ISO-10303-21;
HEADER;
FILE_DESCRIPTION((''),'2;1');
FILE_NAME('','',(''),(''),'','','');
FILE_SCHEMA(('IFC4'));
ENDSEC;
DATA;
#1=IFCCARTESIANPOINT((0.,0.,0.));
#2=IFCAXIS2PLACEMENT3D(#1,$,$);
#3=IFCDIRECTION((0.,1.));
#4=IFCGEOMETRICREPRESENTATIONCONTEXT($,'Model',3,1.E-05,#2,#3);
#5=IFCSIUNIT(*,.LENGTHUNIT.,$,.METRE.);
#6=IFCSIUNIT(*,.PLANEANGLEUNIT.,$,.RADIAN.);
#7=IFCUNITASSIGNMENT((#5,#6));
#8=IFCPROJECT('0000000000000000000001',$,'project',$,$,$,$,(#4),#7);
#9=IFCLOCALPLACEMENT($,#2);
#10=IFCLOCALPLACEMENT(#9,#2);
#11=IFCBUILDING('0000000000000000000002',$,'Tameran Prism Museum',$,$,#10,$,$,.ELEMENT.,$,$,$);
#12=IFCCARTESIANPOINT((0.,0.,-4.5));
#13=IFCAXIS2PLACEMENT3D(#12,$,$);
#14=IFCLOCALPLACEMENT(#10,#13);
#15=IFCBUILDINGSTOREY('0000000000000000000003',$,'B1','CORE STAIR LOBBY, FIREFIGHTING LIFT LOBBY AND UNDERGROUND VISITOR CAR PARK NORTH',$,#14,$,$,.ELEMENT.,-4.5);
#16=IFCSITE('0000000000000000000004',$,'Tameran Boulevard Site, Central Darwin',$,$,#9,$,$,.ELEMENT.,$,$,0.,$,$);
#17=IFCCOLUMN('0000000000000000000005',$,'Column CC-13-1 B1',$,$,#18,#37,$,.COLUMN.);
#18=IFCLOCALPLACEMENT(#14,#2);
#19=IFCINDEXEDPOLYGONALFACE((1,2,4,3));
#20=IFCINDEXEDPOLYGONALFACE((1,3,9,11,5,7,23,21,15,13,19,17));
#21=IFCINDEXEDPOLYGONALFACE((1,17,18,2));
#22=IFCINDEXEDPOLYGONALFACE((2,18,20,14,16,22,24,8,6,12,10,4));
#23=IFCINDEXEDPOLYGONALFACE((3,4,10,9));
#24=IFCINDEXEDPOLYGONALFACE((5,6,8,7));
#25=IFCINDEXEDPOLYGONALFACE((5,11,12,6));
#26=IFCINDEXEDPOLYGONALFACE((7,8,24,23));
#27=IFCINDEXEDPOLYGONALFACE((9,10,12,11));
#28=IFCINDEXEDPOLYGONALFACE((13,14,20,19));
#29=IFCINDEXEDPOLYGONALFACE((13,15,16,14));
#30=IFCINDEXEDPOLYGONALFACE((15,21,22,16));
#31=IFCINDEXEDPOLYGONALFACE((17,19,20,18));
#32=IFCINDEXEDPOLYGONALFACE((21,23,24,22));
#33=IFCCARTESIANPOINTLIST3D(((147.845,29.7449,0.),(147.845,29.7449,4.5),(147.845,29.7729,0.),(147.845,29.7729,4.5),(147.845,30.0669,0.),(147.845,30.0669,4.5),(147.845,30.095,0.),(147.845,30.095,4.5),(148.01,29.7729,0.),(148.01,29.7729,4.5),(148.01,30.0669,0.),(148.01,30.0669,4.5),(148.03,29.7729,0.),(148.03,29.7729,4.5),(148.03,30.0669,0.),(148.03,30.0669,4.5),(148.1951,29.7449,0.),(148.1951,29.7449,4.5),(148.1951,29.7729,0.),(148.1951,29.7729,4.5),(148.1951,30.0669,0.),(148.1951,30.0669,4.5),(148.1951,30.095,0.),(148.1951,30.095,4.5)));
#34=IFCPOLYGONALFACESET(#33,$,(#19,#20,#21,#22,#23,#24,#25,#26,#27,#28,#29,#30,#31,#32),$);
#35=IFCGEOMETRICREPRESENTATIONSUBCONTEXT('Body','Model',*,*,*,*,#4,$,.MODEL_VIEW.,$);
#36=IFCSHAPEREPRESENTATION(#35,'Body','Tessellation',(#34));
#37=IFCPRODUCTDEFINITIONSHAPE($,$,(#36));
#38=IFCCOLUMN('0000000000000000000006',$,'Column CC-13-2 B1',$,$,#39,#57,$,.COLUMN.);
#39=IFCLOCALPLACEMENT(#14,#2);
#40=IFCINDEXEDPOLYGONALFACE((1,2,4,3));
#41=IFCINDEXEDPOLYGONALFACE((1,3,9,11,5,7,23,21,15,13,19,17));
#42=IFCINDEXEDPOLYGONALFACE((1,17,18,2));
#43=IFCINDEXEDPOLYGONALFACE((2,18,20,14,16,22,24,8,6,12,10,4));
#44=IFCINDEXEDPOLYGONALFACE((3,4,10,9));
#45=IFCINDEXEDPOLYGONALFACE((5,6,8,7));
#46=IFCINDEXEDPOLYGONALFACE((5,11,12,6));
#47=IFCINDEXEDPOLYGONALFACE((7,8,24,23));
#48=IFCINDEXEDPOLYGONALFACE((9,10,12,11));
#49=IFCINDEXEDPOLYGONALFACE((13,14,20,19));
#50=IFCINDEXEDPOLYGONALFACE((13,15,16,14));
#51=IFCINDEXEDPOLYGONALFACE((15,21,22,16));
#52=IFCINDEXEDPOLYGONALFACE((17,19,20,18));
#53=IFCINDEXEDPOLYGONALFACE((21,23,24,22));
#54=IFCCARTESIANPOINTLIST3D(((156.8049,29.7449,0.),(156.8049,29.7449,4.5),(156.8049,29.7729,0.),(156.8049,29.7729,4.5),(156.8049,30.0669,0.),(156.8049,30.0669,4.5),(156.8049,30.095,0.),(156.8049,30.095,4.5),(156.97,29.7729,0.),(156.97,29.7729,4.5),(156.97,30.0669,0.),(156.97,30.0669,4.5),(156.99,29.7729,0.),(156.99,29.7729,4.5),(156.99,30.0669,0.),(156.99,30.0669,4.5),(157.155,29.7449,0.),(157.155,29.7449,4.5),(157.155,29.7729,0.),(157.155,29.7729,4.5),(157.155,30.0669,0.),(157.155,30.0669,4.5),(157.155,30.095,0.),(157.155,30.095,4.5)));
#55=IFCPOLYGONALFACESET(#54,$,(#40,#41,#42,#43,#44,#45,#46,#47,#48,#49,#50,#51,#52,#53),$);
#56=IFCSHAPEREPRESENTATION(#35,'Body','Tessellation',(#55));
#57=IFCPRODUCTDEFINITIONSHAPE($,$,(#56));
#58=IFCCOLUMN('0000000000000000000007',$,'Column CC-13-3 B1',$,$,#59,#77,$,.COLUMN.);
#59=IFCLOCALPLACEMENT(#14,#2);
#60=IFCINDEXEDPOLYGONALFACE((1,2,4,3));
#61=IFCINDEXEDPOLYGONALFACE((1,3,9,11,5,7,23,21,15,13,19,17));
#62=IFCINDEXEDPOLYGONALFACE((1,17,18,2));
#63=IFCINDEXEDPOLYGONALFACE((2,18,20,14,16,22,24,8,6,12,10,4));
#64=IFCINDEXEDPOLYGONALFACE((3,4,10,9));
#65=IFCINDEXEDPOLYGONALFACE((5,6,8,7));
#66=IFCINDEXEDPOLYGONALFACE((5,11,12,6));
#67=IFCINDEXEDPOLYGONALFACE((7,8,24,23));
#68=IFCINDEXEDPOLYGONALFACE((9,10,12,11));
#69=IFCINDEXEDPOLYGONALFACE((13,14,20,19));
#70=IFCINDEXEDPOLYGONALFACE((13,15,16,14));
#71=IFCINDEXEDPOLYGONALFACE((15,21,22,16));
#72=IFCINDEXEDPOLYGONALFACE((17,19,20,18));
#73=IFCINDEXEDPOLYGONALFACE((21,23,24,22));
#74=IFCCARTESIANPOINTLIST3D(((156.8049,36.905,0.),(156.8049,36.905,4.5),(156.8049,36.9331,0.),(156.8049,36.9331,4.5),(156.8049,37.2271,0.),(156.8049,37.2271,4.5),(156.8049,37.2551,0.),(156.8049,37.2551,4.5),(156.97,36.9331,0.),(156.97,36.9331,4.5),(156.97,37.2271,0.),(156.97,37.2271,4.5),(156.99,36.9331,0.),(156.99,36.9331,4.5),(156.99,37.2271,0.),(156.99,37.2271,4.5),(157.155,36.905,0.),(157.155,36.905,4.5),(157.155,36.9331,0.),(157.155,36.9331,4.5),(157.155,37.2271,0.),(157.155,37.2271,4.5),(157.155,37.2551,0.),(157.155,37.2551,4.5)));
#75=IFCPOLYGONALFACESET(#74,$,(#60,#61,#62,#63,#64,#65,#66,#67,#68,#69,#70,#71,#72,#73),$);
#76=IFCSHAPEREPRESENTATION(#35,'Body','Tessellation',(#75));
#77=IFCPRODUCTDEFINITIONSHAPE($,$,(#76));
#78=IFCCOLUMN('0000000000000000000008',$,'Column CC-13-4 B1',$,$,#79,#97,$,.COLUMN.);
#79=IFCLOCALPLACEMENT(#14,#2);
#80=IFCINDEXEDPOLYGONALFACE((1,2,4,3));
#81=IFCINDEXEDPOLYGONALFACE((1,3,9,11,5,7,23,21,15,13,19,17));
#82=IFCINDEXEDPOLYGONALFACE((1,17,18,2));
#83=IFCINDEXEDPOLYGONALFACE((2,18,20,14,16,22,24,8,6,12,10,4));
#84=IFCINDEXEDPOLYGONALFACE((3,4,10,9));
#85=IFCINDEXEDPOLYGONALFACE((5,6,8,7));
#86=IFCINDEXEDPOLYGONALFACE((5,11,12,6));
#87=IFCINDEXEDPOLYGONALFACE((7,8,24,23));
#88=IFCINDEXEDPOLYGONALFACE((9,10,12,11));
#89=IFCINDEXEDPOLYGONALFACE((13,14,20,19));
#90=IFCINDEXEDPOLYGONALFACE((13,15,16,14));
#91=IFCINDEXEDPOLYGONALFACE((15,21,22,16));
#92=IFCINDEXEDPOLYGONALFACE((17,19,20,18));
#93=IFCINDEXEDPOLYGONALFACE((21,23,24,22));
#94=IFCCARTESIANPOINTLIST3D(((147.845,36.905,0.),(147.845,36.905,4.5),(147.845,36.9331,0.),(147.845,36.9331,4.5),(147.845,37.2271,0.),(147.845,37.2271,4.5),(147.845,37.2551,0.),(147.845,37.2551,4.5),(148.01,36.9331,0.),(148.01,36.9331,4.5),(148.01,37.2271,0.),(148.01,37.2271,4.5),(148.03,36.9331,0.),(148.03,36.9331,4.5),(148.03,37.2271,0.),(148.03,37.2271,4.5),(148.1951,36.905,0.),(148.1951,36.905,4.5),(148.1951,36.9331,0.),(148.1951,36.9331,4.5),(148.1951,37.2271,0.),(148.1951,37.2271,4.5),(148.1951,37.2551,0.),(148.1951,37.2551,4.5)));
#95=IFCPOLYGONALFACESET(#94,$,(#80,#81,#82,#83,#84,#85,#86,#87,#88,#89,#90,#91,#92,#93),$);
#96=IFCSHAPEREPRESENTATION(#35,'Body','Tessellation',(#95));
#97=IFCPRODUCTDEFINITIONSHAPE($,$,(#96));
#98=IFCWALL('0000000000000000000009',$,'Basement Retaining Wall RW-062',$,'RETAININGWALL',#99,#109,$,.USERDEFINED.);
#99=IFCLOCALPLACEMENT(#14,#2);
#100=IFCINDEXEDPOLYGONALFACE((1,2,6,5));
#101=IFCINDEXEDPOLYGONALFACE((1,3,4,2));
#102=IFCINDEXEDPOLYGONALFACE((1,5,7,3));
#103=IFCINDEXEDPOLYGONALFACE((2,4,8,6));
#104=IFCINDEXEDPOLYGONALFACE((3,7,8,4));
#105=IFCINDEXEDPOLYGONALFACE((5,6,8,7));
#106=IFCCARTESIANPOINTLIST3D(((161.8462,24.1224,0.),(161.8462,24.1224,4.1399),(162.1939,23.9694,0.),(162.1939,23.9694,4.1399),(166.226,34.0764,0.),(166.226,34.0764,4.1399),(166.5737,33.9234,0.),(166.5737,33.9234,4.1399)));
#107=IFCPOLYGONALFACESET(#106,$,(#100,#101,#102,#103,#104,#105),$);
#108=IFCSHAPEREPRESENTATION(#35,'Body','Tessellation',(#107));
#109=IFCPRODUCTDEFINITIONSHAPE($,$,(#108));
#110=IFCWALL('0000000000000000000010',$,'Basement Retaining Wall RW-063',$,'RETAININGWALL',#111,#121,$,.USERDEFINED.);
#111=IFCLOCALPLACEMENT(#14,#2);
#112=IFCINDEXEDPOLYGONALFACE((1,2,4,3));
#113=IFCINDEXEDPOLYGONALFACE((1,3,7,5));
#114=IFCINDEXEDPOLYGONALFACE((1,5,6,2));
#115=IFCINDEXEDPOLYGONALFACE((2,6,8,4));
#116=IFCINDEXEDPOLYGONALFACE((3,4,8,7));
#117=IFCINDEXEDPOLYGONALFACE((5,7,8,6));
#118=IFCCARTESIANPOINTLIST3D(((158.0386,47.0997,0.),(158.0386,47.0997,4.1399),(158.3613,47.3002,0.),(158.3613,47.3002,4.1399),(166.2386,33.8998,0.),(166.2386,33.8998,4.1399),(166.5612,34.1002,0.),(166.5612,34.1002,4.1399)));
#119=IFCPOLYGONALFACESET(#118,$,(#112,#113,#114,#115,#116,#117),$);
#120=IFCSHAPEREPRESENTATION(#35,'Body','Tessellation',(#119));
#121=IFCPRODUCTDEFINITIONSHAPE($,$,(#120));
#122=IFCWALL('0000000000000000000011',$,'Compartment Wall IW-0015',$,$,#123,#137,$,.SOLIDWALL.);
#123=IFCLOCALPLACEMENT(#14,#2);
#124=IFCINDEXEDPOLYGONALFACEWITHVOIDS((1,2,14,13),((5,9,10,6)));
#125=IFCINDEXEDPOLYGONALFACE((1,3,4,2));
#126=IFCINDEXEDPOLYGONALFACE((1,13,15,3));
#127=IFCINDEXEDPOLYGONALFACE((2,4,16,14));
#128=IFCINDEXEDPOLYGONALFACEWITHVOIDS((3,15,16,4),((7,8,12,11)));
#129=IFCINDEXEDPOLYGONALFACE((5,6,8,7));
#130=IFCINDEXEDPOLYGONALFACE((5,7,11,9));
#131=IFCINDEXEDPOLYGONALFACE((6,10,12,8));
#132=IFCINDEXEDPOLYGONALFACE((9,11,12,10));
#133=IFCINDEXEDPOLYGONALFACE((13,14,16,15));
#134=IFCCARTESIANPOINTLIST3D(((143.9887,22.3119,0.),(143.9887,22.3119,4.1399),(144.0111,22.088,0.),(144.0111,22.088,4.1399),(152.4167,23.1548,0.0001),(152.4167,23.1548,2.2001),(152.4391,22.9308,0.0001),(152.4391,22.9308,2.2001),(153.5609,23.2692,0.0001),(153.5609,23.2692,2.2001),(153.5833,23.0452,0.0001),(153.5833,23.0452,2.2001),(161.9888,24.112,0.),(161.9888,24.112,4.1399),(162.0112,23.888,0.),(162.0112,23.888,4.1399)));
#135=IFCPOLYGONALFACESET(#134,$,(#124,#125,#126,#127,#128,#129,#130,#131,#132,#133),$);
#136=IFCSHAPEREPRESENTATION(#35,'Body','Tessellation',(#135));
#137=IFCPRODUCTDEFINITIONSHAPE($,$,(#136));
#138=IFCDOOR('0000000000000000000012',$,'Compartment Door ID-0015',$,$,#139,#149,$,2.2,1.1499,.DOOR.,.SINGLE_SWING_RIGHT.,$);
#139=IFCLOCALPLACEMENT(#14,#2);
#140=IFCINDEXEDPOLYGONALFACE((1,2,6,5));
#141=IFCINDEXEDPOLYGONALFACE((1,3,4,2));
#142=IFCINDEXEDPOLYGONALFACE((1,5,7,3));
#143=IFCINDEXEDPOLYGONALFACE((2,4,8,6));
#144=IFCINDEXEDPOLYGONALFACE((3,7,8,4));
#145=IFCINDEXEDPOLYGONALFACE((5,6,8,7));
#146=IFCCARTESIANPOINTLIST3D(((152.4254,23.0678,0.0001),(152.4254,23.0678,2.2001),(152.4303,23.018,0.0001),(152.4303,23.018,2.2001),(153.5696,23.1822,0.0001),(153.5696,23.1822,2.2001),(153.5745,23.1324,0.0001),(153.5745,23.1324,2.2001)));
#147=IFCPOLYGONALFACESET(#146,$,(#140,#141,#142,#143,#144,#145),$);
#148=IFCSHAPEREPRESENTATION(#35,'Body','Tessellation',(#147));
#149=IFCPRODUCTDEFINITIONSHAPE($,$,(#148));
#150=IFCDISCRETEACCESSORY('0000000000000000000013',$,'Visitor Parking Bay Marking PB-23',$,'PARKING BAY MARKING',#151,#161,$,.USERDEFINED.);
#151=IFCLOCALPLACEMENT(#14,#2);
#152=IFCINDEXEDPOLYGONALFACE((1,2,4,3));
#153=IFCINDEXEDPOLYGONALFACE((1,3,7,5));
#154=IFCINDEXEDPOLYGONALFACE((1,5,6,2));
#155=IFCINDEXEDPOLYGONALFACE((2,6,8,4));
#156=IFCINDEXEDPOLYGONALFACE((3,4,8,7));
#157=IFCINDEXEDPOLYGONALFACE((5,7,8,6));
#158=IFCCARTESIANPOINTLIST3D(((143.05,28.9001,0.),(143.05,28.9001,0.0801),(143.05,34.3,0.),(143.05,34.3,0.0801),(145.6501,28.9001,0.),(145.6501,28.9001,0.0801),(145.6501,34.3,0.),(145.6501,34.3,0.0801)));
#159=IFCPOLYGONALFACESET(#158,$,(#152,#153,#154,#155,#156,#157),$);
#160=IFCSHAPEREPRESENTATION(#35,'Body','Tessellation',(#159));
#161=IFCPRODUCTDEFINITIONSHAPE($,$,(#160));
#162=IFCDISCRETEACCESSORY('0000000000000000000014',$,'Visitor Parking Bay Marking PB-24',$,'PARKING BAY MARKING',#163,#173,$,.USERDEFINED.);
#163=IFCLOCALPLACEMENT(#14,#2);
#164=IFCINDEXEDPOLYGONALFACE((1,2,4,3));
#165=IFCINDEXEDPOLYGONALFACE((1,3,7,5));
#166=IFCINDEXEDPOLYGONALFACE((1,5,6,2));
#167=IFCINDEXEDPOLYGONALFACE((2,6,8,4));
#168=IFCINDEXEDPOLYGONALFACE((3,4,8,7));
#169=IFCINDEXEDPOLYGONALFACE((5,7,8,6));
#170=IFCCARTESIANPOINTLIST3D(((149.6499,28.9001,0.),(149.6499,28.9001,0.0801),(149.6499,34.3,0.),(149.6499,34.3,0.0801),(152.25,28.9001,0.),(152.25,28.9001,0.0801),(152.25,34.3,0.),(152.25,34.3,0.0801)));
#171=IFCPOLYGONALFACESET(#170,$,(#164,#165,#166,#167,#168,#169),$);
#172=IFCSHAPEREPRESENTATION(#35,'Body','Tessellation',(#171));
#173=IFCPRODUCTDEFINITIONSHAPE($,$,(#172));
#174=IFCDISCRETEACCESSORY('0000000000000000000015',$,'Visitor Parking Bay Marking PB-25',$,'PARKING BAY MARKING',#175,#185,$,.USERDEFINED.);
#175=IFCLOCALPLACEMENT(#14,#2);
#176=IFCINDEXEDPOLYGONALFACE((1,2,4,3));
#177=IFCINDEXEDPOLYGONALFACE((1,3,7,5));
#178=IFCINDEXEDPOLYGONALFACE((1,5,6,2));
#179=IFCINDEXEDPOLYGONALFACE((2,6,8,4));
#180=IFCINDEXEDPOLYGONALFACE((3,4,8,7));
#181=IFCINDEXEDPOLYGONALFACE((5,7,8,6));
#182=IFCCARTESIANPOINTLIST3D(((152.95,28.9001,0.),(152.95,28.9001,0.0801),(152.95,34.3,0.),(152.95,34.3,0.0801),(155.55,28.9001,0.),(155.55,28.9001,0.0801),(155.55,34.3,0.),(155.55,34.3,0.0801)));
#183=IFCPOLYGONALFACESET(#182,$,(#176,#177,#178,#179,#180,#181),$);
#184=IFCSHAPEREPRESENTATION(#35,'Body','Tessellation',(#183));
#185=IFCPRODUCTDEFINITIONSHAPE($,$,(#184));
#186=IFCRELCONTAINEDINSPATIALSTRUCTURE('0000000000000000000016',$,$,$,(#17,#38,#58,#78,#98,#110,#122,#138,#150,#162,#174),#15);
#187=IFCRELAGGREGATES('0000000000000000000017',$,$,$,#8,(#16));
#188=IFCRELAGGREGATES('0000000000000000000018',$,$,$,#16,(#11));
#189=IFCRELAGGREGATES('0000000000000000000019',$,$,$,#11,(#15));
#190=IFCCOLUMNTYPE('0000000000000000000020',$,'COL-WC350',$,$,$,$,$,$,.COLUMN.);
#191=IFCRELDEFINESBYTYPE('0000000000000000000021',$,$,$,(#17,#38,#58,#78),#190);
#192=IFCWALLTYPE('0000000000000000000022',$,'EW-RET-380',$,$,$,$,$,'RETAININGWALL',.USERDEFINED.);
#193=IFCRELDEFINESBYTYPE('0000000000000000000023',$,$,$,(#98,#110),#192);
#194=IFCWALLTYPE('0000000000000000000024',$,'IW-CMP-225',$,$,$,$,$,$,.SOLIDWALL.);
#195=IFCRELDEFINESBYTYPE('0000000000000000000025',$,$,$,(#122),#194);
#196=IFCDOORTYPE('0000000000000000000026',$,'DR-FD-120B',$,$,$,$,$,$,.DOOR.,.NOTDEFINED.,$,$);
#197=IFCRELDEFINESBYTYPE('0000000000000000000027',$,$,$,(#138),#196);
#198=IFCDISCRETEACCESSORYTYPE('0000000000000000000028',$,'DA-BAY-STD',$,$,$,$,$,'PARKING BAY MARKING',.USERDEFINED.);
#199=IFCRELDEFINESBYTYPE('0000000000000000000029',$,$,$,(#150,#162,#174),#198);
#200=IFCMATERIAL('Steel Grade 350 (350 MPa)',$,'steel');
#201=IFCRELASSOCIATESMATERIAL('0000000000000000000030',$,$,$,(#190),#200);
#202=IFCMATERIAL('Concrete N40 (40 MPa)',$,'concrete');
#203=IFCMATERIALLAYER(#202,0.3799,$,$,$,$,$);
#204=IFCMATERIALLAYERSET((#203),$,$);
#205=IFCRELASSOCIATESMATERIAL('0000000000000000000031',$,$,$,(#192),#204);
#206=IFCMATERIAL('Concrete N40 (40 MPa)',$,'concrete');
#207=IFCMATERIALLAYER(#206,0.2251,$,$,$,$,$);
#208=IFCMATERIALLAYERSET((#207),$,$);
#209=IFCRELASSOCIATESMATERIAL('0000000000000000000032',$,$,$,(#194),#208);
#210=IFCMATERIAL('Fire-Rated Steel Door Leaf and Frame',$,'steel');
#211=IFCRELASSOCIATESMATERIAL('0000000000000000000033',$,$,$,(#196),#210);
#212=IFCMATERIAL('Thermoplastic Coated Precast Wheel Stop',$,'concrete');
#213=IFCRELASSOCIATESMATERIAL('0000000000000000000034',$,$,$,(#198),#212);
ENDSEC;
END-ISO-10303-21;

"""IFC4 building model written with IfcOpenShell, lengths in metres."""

from ifc_helpers import new_model, si_unit, direction, frame, frame_2d, origin, origin_2d, place, context, subcontext, project, spatial, rectangle, i_section, extrude, material, layer, layer_set, material_profile, profile_set, type_object, element, fill, save


model = new_model("IFC4")

# Units and contexts
model_context = context("Model", 3, precision=1e-05, world=origin(), true_north=direction((0.0, 1.0)))
body_context = subcontext(model_context, "Body", "Model", "MODEL_VIEW")
ifc_project = project(units=[si_unit("LENGTHUNIT", "METRE"), si_unit("PLANEANGLEUNIT", "RADIAN")], contexts=[model_context])

# Site, building, storey
site_placement = place(None, origin())
site = spatial("IfcSite", under=ifc_project, at=site_placement, Name="Tameran Boulevard Site, Central Darwin", CompositionType="ELEMENT", RefElevation=0.0)
building_placement = place(site_placement, origin())
building = spatial("IfcBuilding", under=site, at=building_placement, Name="Tameran Prism Museum", CompositionType="ELEMENT")
storey_placement = place(building_placement, frame((0.0, 0.0, -4.5)))
storey = spatial("IfcBuildingStorey", under=building, at=storey_placement, Name="B1", Description="CORE STAIR LOBBY, FIREFIGHTING LIFT LOBBY AND UNDERGROUND VISITOR CAR PARK NORTH", CompositionType="ELEMENT", Elevation=-4.5)

# Columns
ifc_material_1 = material(Name="Steel Grade 350 (350 MPa)", Category="steel")
ifc_material_profile_1 = material_profile(ifc_material_1, i_section(OverallWidth=0.3501, OverallDepth=0.3501, WebThickness=0.02, FlangeThickness=0.0281, at=origin_2d()))
ifc_profile_set_1 = profile_set([ifc_material_profile_1])
column_type = type_object("IfcColumnType", Name="COL-WC350", PredefinedType="COLUMN", material=ifc_profile_set_1)
for number, where, z_axis, x_axis, name in (
    (1, (148.02, 29.9199, 0.0), (0.0, 0.0, 1.0), (1.0, 0.0, 0.0), "Column CC-13-1 B1"),
    (2, (156.98, 29.9199, 0.0), (0.0, 0.0, 1.0), (1.0, 0.0, 0.0), "Column CC-13-2 B1"),
    (3, (156.98, 37.0801, 0.0), (0.0, 0.0, 1.0), (1.0, 0.0, 0.0), "Column CC-13-3 B1"),
    (4, (148.02, 37.0801, 0.0), (0.0, 0.0, 1.0), (1.0, 0.0, 0.0), "Column CC-13-4 B1"),
):
    element("IfcColumn", number, at=place(storey_placement, frame(where, z_axis=z_axis, x_axis=x_axis)), inside=storey, type_object=column_type, Name=name, PredefinedType="COLUMN", context=body_context, shape_type="SweptSolid", body=[
        extrude(i_section(OverallWidth=0.3501, OverallDepth=0.3501, WebThickness=0.02, FlangeThickness=0.0281, at=origin_2d()), origin(), (0.0, 0.0, 1.0), 4.5),
    ])

# Walls
ifc_material_2 = material(Name="Concrete N40 (40 MPa)", Category="concrete")
ifc_layer_1 = layer(ifc_material_2, 0.3799)
ifc_layer_set_1 = layer_set([ifc_layer_1])
wall_type_1 = type_object("IfcWallType", Name="EW-RET-380", ElementType="RETAININGWALL", PredefinedType="USERDEFINED", material=ifc_layer_set_1)
wall_1_placement = place(storey_placement, frame((162.02, 24.0459, 0.0), z_axis=(0.0, 0.0, 1.0), x_axis=(0.402745, 0.915312, 0.0)))
element("IfcWall", 5, at=wall_1_placement, inside=storey, type_object=wall_type_1, Name="Basement Retaining Wall RW-062", ObjectType="RETAININGWALL", PredefinedType="USERDEFINED", context=body_context, shape_type="SweptSolid", body=[
    extrude(rectangle(XDim=10.875, YDim=0.3799, at=frame_2d((5.4375, 0.0))), origin(), (0.0, 0.0, 1.0), 4.1399),
])
wall_2_placement = place(storey_placement, frame((166.3999, 34.0, 0.0), z_axis=(0.0, 0.0, 1.0), x_axis=(-0.527682, 0.849442, 0.0)))
element("IfcWall", 6, at=wall_2_placement, inside=storey, type_object=wall_type_1, Name="Basement Retaining Wall RW-063", ObjectType="RETAININGWALL", PredefinedType="USERDEFINED", context=body_context, shape_type="SweptSolid", body=[
    extrude(rectangle(XDim=15.5396, YDim=0.3799, at=frame_2d((7.7698, 0.0))), origin(), (0.0, 0.0, 1.0), 4.1399),
])

# Wall, opening, door
ifc_material_3 = material(Name="Concrete N40 (40 MPa)", Category="concrete")
ifc_layer_2 = layer(ifc_material_3, 0.2251)
ifc_layer_set_2 = layer_set([ifc_layer_2])
wall_type_2 = type_object("IfcWallType", Name="IW-CMP-225", PredefinedType="SOLIDWALL", material=ifc_layer_set_2)
wall_3_placement = place(storey_placement, frame((162.0, 24.0, 0.0), z_axis=(0.0, 0.0, 1.0), x_axis=(-0.995037, -0.099506, 0.0)))
wall_3 = element("IfcWall", 7, at=wall_3_placement, inside=storey, type_object=wall_type_2, Name="Compartment Wall IW-0015", PredefinedType="SOLIDWALL", context=body_context, shape_type="SweptSolid", body=[
    extrude(rectangle(XDim=18.0898, YDim=0.2251, at=frame_2d((9.0449, 0.0))), origin(), (0.0, 0.0, 1.0), 4.1399),
])
opening_placement = place(wall_3_placement, frame((8.47, 0.0, 0.0)))
opening = element("IfcOpeningElement", 8, at=opening_placement, cuts=wall_3, PredefinedType="OPENING", context=body_context, shape_type="SweptSolid", body=[
    extrude(rectangle(XDim=1.1499, YDim=2.2, at=frame_2d((0.575, 1.1001))), frame((0.0, 0.1226, 0.0), z_axis=(0.0, -1.0, 0.0), x_axis=(1.0, 0.0, 0.0)), (0.0, 0.0, 1.0), 0.2451),
])
ifc_material_4 = material(Name="Fire-Rated Steel Door Leaf and Frame", Category="steel")
door_type = type_object("IfcDoorType", Name="DR-FD-120B", OperationType="NOTDEFINED", PredefinedType="DOOR", material=ifc_material_4)
door_placement = place(opening_placement, origin())
door = element("IfcDoor", 9, at=door_placement, inside=storey, type_object=door_type, Name="Compartment Door ID-0015", OperationType="SINGLE_SWING_RIGHT", OverallHeight=2.2, OverallWidth=1.1499, PredefinedType="DOOR", context=body_context, shape_type="SweptSolid", body=[
    extrude(rectangle(XDim=1.1499, YDim=2.2, at=frame_2d((0.575, 1.1001))), frame((0.0, 0.0249, 0.0), z_axis=(0.0, -1.0, 0.0), x_axis=(1.0, 0.0, 0.0)), (0.0, 0.0, 1.0), 0.05),
])
fill(opening, door)

# Discrete accessories
ifc_material_5 = material(Name="Thermoplastic Coated Precast Wheel Stop", Category="concrete")
discrete_accessory_type = type_object("IfcDiscreteAccessoryType", Name="DA-BAY-STD", ElementType="PARKING BAY MARKING", PredefinedType="USERDEFINED", material=ifc_material_5)
for number, where, z_axis, x_axis, name in (
    (10, (144.3501, 31.6001, 0.0), (0.0, 0.0, 1.0), (1.0, 0.0, 0.0), "Visitor Parking Bay Marking PB-23"),
    (11, (150.95, 31.6001, 0.0), (0.0, 0.0, 1.0), (1.0, 0.0, 0.0), "Visitor Parking Bay Marking PB-24"),
    (12, (154.25, 31.6001, 0.0), (0.0, 0.0, 1.0), (1.0, 0.0, 0.0), "Visitor Parking Bay Marking PB-25"),
):
    element("IfcDiscreteAccessory", number, at=place(storey_placement, frame(where, z_axis=z_axis, x_axis=x_axis)), inside=storey, type_object=discrete_accessory_type, Name=name, ObjectType="PARKING BAY MARKING", PredefinedType="USERDEFINED", context=body_context, shape_type="SweptSolid", body=[
        extrude(rectangle(XDim=2.6001, YDim=5.3999, at=origin_2d()), origin(), (0.0, 0.0, 1.0), 0.0801),
    ])

save(model, "model.ifc")
